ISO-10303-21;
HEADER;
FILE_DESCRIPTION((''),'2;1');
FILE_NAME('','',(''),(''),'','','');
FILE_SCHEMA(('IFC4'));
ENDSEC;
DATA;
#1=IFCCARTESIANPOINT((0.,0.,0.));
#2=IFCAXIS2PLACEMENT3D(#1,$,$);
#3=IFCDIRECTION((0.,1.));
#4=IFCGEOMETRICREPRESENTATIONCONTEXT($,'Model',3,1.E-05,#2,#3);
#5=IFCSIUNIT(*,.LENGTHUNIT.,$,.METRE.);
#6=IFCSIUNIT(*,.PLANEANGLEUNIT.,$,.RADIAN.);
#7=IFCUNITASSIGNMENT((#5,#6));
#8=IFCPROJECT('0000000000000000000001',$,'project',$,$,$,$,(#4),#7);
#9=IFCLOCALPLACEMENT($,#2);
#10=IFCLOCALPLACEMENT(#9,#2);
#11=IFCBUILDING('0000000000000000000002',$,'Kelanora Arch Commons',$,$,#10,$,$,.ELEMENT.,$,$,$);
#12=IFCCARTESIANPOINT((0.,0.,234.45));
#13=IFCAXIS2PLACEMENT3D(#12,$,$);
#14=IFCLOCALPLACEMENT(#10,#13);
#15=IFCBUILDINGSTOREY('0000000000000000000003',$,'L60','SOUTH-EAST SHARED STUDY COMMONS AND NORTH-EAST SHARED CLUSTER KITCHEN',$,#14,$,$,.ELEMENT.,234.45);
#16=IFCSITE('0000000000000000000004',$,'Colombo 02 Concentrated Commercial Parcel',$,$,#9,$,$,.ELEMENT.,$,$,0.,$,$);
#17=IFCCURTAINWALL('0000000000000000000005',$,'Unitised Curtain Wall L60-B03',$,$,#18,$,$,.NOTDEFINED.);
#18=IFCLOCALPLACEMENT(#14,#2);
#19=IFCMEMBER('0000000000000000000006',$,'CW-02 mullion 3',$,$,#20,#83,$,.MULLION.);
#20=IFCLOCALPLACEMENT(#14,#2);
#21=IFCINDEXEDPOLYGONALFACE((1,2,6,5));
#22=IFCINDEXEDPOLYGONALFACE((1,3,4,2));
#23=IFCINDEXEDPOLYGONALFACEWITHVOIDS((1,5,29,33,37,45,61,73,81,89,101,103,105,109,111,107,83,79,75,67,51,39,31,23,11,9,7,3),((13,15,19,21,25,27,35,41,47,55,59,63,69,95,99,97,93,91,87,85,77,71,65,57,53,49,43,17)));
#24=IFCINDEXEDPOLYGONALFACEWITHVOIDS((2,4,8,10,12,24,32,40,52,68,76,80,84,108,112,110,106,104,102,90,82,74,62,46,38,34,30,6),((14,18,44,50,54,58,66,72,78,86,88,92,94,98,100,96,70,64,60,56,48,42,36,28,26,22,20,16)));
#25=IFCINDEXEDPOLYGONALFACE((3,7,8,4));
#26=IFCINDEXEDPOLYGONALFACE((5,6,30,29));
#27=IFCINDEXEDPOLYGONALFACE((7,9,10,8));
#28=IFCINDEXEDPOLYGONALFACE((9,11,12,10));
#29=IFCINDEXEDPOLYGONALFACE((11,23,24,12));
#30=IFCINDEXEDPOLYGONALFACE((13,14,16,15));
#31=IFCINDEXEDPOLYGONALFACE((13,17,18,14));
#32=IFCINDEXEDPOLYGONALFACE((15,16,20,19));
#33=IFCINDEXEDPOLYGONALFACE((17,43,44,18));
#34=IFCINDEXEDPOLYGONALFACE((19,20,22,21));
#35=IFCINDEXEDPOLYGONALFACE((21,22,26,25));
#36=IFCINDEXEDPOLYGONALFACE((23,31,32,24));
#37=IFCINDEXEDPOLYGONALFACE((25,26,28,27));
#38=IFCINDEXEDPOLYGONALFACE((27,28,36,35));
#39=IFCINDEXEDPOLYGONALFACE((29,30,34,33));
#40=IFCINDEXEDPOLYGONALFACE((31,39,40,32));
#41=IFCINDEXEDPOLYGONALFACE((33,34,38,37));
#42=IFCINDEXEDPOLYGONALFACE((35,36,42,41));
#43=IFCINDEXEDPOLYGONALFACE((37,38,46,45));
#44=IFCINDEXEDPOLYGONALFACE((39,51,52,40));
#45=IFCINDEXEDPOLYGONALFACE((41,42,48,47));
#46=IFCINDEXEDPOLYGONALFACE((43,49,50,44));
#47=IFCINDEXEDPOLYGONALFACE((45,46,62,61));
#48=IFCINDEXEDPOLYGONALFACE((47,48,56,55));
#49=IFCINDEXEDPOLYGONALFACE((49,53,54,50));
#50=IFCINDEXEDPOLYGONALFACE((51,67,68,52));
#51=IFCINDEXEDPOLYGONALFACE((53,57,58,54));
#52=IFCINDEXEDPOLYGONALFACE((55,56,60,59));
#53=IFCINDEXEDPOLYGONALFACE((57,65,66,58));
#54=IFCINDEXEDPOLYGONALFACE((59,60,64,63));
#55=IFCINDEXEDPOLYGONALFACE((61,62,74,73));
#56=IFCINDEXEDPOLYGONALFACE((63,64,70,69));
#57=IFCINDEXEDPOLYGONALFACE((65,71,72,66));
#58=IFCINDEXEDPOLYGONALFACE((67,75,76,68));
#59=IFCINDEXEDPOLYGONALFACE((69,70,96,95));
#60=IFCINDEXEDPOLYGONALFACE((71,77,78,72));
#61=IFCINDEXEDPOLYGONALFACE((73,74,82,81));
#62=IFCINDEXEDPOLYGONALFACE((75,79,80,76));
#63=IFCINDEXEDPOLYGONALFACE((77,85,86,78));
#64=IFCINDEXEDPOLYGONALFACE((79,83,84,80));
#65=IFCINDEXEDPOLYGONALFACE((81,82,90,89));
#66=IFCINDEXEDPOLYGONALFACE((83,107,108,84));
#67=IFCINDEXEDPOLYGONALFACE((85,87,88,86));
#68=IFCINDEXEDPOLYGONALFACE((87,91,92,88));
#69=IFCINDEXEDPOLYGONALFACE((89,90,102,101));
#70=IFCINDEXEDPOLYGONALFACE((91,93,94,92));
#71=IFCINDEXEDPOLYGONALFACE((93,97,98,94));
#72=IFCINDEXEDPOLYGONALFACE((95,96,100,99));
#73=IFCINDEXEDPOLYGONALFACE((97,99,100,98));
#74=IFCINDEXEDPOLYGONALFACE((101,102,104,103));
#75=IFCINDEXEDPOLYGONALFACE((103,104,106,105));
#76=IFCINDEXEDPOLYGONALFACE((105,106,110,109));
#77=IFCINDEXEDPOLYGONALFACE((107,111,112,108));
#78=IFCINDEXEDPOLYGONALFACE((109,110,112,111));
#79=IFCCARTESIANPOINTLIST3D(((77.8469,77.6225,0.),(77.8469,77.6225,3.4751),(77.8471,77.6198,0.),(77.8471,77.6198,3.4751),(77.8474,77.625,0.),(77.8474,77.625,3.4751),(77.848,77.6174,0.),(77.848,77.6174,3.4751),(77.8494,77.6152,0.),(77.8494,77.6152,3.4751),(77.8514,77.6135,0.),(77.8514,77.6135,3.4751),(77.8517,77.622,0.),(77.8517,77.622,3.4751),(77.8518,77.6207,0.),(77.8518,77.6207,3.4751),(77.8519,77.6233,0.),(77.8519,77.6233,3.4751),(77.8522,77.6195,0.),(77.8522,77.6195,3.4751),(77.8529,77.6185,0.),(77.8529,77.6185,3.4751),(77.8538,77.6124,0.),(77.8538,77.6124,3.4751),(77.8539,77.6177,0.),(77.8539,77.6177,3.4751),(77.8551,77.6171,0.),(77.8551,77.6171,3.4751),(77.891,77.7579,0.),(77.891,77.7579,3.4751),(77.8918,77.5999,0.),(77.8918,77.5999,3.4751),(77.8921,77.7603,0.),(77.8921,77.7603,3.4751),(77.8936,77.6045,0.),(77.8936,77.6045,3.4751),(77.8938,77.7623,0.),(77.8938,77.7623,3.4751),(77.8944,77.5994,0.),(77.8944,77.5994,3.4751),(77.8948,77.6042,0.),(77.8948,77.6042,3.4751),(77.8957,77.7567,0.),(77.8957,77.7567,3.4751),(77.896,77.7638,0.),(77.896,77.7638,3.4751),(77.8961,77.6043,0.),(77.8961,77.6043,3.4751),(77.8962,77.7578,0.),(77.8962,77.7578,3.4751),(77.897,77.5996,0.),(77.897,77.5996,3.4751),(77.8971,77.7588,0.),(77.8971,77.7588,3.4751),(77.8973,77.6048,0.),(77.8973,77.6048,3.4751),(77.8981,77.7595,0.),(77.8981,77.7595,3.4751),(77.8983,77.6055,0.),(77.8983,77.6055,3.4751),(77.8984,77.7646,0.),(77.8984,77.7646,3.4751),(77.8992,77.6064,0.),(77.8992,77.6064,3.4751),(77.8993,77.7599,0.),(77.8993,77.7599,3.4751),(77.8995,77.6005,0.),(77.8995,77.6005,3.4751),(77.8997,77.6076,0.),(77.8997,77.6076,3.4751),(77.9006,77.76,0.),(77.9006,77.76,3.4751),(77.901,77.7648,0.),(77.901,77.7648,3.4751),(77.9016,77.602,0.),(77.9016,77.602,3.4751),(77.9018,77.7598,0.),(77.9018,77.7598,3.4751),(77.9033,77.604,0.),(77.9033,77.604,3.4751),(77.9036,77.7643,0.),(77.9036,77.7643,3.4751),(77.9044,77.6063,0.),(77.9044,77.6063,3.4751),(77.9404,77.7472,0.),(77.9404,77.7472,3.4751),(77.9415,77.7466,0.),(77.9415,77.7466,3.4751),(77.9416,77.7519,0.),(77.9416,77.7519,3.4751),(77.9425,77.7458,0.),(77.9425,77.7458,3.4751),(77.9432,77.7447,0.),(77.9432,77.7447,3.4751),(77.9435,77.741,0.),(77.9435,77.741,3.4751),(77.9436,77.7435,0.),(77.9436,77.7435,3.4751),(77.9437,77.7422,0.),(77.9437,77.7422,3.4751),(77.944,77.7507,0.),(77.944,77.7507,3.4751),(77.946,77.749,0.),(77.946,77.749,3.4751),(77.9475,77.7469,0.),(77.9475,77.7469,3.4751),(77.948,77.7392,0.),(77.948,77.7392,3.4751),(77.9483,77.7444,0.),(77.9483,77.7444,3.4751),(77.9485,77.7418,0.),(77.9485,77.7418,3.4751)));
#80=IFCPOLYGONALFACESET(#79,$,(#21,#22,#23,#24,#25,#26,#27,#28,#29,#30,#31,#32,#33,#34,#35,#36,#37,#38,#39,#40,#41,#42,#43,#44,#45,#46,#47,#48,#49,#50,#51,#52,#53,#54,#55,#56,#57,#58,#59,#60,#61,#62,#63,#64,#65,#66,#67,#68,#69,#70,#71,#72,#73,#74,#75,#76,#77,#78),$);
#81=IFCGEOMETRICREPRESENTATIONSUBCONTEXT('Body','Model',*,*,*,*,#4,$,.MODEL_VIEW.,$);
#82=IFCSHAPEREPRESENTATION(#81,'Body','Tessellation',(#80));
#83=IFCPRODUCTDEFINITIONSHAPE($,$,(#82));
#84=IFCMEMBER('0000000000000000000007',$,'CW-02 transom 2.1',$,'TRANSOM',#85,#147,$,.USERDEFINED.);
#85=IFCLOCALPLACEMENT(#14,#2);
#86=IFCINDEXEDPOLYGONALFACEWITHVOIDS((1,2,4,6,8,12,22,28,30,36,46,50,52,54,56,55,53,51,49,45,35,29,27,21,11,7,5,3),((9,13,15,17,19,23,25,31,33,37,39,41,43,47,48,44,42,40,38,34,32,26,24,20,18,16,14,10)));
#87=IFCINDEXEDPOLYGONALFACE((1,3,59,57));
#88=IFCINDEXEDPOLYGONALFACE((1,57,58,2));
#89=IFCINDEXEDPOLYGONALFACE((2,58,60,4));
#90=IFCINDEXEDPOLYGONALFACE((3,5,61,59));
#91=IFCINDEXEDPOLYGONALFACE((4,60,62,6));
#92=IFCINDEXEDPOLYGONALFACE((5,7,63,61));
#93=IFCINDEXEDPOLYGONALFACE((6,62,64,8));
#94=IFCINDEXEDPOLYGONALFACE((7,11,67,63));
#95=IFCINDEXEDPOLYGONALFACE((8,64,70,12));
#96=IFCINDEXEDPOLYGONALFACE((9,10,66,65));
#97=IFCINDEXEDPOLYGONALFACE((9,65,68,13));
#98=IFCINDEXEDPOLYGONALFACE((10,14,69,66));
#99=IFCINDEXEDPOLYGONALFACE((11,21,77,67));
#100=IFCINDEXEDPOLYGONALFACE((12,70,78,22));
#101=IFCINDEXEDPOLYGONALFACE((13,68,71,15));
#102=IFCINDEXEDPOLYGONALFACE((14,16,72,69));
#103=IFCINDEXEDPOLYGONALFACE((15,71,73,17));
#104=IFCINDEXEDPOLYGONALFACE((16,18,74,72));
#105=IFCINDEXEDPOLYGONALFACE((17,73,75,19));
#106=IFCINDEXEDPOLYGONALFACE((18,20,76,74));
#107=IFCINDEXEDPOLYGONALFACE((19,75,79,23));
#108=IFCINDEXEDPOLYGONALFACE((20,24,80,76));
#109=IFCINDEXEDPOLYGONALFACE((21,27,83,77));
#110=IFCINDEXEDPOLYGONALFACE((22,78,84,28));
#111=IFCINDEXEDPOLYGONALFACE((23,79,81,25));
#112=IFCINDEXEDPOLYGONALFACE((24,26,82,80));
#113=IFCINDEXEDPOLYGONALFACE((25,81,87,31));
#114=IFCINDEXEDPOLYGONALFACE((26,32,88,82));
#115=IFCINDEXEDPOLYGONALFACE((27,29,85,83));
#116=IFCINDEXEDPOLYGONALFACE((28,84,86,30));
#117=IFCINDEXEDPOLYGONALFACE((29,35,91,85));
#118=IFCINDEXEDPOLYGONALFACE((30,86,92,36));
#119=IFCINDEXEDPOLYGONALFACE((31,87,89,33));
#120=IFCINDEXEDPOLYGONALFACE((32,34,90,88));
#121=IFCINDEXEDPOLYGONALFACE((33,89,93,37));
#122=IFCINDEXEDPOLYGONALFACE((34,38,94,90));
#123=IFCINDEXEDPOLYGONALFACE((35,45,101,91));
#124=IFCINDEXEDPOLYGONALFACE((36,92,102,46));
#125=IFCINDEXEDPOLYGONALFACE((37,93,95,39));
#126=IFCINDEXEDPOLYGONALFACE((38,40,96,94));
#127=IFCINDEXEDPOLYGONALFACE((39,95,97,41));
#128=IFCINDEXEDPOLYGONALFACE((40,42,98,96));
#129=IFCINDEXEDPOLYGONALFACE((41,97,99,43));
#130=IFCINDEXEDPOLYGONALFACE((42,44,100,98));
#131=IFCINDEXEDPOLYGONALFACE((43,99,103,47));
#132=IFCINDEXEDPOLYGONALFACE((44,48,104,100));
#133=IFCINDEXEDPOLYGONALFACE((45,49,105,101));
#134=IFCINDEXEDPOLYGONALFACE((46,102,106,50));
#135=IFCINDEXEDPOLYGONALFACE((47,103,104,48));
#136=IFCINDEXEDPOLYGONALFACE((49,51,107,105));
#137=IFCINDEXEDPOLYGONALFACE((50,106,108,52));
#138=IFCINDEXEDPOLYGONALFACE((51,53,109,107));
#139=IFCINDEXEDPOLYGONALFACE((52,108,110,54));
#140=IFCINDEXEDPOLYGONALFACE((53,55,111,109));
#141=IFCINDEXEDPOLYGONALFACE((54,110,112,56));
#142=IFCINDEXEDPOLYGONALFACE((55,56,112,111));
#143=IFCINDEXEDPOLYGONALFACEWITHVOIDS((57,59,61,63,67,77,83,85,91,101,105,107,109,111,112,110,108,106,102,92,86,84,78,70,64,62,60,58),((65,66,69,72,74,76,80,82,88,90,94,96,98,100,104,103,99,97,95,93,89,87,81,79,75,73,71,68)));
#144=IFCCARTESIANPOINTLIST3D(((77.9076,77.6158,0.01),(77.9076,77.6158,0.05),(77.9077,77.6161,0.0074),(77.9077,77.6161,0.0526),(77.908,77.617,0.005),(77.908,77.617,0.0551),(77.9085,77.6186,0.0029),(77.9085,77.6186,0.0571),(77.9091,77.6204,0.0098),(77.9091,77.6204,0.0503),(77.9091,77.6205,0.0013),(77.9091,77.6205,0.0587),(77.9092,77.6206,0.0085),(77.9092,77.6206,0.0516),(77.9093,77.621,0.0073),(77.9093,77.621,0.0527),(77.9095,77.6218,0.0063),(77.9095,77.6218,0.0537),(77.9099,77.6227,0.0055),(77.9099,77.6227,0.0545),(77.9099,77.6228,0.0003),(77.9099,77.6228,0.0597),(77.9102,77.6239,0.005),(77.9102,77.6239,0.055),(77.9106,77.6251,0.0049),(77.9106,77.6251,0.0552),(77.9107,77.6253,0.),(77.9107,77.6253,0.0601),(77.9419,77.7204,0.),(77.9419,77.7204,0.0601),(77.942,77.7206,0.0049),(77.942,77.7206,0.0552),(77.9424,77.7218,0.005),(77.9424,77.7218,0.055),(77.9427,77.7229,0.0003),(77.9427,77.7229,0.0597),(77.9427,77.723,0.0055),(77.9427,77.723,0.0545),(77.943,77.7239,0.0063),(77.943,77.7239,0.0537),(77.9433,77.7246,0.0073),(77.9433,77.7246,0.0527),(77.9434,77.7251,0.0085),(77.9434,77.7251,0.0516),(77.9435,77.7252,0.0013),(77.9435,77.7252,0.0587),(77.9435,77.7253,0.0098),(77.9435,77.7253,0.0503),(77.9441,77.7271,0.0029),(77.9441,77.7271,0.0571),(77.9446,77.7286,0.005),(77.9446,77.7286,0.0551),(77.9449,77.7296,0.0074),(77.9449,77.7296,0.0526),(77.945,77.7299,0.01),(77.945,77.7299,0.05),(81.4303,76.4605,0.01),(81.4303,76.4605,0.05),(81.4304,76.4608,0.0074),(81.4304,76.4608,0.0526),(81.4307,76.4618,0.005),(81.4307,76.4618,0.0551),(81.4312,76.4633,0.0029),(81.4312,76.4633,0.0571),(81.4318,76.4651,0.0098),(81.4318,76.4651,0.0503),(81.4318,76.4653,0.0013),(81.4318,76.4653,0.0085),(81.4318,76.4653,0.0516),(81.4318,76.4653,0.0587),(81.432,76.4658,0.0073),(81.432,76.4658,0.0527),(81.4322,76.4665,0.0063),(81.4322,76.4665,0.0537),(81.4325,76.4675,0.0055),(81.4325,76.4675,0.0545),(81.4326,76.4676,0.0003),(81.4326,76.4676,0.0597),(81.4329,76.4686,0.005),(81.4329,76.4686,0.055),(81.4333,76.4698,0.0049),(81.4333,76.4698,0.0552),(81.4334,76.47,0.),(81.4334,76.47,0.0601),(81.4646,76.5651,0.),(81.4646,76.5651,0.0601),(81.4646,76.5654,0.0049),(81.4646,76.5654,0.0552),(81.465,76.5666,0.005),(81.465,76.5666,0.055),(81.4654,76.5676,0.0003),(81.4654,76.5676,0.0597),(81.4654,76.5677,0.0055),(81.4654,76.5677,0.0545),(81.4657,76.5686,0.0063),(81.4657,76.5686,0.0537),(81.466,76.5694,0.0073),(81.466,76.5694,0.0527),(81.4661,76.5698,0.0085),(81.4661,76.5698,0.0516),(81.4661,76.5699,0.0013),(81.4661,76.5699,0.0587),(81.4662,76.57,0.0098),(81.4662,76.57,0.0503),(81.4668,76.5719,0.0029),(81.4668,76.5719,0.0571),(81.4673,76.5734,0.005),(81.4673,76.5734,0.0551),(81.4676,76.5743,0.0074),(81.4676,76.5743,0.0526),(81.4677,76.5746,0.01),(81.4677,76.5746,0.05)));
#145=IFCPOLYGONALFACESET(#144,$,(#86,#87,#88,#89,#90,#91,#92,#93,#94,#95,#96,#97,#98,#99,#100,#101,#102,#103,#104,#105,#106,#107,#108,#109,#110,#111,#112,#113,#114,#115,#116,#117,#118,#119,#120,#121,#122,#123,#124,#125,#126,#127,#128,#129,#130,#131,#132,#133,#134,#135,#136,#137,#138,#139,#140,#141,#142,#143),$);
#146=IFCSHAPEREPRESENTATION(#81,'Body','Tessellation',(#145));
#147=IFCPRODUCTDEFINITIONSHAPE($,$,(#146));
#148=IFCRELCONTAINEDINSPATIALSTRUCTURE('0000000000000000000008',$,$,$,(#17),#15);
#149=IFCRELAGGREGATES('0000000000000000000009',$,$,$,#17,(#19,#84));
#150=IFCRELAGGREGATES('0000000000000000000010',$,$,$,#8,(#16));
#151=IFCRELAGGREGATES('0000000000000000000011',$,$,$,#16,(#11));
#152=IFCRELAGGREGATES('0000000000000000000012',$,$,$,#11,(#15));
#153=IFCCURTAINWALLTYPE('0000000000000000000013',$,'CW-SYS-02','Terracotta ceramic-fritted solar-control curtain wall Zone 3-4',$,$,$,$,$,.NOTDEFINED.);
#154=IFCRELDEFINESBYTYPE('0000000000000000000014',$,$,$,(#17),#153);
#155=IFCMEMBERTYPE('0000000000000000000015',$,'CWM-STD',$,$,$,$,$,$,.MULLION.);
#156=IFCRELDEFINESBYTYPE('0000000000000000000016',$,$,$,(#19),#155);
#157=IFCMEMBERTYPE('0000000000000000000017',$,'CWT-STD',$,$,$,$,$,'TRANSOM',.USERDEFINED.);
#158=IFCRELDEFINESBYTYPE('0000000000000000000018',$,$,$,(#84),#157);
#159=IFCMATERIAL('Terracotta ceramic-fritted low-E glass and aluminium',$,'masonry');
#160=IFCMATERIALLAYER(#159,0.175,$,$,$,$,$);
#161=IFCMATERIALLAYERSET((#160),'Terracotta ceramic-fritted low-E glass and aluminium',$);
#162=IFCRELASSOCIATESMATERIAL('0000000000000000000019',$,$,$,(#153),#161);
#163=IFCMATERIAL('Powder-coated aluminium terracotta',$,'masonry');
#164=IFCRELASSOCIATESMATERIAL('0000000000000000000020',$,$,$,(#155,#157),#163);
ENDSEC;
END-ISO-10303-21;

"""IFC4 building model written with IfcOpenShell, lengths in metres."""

from ifc_helpers import new_model, si_unit, direction, frame, origin, origin_2d, place, context, subcontext, project, spatial, hollow_rectangle, extrude, material, layer, layer_set, material_profile, profile_set, type_object, element, aggregate, save


model = new_model("IFC4")

# Units and contexts
model_context = context("Model", 3, precision=1e-05, world=origin(), true_north=direction((0.0, 1.0)))
body_context = subcontext(model_context, "Body", "Model", "MODEL_VIEW")
ifc_project = project(units=[si_unit("LENGTHUNIT", "METRE"), si_unit("PLANEANGLEUNIT", "RADIAN")], contexts=[model_context])

# Site, building, storey
site_placement = place(None, origin())
site = spatial("IfcSite", under=ifc_project, at=site_placement, Name="Colombo 02 Concentrated Commercial Parcel", CompositionType="ELEMENT", RefElevation=0.0)
building_placement = place(site_placement, origin())
building = spatial("IfcBuilding", under=site, at=building_placement, Name="Kelanora Arch Commons", CompositionType="ELEMENT")
storey_placement = place(building_placement, frame((0.0, 0.0, 234.45)))
storey = spatial("IfcBuildingStorey", under=building, at=storey_placement, Name="L60", Description="SOUTH-EAST SHARED STUDY COMMONS AND NORTH-EAST SHARED CLUSTER KITCHEN", CompositionType="ELEMENT", Elevation=234.45)

# Curtain wall, members
ifc_material_1 = material(Name="Terracotta ceramic-fritted low-E glass and aluminium", Category="masonry")
ifc_layer_1 = layer(ifc_material_1, 0.175)
ifc_layer_set_1 = layer_set([ifc_layer_1], Name="Terracotta ceramic-fritted low-E glass and aluminium")
curtain_wall_type = type_object("IfcCurtainWallType", Name="CW-SYS-02", Description="Terracotta ceramic-fritted solar-control curtain wall Zone 3-4", PredefinedType="NOTDEFINED", material=ifc_layer_set_1)
curtain_wall_placement = place(storey_placement, origin())
curtain_wall = element("IfcCurtainWall", 1, at=curtain_wall_placement, inside=storey, type_object=curtain_wall_type, Name="Unitised Curtain Wall L60-B03", PredefinedType="NOTDEFINED")
ifc_material_2 = material(Name="Powder-coated aluminium terracotta", Category="masonry")
ifc_material_profile_1 = material_profile(ifc_material_2, hollow_rectangle(XDim=0.1599, YDim=0.0601, WallThickness=0.0049, InnerFilletRadius=0.0049, OuterFilletRadius=0.01, at=origin_2d()), Name="CWM160x60")
ifc_profile_set_1 = profile_set([ifc_material_profile_1], Name="Powder-coated aluminium terracotta")
member_type_1 = type_object("IfcMemberType", Name="CWM-STD", PredefinedType="MULLION", material=ifc_profile_set_1)
member_1_placement = place(storey_placement, frame((77.8977, 77.6821, 0.0), z_axis=(0.0, 0.0, 1.0), x_axis=(-0.311582, -0.950219, 0.0)))
member_1 = element("IfcMember", 2, at=member_1_placement, type_object=member_type_1, Name="CW-02 mullion 3", PredefinedType="MULLION", context=body_context, shape_type="SweptSolid", body=[
    extrude(hollow_rectangle(XDim=0.1599, YDim=0.0601, WallThickness=0.0049, InnerFilletRadius=0.0049, OuterFilletRadius=0.01, at=origin_2d()), origin(), (0.0, 0.0, 1.0), 3.4751),
])
ifc_material_profile_2 = material_profile(ifc_material_2, hollow_rectangle(XDim=0.1201, YDim=0.0601, WallThickness=0.0049, InnerFilletRadius=0.0049, OuterFilletRadius=0.01, at=origin_2d()), Name="CWT120x60")
ifc_profile_set_2 = profile_set([ifc_material_profile_2], Name="Powder-coated aluminium terracotta")
member_type_2 = type_object("IfcMemberType", Name="CWT-STD", ElementType="TRANSOM", PredefinedType="USERDEFINED", material=ifc_profile_set_2)
member_2_placement = place(storey_placement, frame((81.449, 76.5176, 0.03), z_axis=(-0.950207, 0.311621, 0.0), x_axis=(-0.311621, -0.950207, 0.0)))
member_2 = element("IfcMember", 3, at=member_2_placement, type_object=member_type_2, Name="CW-02 transom 2.1", ObjectType="TRANSOM", PredefinedType="USERDEFINED", context=body_context, shape_type="SweptSolid", body=[
    extrude(hollow_rectangle(XDim=0.1201, YDim=0.0601, WallThickness=0.0049, InnerFilletRadius=0.0049, OuterFilletRadius=0.01, at=origin_2d()), origin(), (0.0, 0.0, 1.0), 3.7073),
])
aggregate(curtain_wall, [member_1, member_2])

save(model, "model.ifc")
